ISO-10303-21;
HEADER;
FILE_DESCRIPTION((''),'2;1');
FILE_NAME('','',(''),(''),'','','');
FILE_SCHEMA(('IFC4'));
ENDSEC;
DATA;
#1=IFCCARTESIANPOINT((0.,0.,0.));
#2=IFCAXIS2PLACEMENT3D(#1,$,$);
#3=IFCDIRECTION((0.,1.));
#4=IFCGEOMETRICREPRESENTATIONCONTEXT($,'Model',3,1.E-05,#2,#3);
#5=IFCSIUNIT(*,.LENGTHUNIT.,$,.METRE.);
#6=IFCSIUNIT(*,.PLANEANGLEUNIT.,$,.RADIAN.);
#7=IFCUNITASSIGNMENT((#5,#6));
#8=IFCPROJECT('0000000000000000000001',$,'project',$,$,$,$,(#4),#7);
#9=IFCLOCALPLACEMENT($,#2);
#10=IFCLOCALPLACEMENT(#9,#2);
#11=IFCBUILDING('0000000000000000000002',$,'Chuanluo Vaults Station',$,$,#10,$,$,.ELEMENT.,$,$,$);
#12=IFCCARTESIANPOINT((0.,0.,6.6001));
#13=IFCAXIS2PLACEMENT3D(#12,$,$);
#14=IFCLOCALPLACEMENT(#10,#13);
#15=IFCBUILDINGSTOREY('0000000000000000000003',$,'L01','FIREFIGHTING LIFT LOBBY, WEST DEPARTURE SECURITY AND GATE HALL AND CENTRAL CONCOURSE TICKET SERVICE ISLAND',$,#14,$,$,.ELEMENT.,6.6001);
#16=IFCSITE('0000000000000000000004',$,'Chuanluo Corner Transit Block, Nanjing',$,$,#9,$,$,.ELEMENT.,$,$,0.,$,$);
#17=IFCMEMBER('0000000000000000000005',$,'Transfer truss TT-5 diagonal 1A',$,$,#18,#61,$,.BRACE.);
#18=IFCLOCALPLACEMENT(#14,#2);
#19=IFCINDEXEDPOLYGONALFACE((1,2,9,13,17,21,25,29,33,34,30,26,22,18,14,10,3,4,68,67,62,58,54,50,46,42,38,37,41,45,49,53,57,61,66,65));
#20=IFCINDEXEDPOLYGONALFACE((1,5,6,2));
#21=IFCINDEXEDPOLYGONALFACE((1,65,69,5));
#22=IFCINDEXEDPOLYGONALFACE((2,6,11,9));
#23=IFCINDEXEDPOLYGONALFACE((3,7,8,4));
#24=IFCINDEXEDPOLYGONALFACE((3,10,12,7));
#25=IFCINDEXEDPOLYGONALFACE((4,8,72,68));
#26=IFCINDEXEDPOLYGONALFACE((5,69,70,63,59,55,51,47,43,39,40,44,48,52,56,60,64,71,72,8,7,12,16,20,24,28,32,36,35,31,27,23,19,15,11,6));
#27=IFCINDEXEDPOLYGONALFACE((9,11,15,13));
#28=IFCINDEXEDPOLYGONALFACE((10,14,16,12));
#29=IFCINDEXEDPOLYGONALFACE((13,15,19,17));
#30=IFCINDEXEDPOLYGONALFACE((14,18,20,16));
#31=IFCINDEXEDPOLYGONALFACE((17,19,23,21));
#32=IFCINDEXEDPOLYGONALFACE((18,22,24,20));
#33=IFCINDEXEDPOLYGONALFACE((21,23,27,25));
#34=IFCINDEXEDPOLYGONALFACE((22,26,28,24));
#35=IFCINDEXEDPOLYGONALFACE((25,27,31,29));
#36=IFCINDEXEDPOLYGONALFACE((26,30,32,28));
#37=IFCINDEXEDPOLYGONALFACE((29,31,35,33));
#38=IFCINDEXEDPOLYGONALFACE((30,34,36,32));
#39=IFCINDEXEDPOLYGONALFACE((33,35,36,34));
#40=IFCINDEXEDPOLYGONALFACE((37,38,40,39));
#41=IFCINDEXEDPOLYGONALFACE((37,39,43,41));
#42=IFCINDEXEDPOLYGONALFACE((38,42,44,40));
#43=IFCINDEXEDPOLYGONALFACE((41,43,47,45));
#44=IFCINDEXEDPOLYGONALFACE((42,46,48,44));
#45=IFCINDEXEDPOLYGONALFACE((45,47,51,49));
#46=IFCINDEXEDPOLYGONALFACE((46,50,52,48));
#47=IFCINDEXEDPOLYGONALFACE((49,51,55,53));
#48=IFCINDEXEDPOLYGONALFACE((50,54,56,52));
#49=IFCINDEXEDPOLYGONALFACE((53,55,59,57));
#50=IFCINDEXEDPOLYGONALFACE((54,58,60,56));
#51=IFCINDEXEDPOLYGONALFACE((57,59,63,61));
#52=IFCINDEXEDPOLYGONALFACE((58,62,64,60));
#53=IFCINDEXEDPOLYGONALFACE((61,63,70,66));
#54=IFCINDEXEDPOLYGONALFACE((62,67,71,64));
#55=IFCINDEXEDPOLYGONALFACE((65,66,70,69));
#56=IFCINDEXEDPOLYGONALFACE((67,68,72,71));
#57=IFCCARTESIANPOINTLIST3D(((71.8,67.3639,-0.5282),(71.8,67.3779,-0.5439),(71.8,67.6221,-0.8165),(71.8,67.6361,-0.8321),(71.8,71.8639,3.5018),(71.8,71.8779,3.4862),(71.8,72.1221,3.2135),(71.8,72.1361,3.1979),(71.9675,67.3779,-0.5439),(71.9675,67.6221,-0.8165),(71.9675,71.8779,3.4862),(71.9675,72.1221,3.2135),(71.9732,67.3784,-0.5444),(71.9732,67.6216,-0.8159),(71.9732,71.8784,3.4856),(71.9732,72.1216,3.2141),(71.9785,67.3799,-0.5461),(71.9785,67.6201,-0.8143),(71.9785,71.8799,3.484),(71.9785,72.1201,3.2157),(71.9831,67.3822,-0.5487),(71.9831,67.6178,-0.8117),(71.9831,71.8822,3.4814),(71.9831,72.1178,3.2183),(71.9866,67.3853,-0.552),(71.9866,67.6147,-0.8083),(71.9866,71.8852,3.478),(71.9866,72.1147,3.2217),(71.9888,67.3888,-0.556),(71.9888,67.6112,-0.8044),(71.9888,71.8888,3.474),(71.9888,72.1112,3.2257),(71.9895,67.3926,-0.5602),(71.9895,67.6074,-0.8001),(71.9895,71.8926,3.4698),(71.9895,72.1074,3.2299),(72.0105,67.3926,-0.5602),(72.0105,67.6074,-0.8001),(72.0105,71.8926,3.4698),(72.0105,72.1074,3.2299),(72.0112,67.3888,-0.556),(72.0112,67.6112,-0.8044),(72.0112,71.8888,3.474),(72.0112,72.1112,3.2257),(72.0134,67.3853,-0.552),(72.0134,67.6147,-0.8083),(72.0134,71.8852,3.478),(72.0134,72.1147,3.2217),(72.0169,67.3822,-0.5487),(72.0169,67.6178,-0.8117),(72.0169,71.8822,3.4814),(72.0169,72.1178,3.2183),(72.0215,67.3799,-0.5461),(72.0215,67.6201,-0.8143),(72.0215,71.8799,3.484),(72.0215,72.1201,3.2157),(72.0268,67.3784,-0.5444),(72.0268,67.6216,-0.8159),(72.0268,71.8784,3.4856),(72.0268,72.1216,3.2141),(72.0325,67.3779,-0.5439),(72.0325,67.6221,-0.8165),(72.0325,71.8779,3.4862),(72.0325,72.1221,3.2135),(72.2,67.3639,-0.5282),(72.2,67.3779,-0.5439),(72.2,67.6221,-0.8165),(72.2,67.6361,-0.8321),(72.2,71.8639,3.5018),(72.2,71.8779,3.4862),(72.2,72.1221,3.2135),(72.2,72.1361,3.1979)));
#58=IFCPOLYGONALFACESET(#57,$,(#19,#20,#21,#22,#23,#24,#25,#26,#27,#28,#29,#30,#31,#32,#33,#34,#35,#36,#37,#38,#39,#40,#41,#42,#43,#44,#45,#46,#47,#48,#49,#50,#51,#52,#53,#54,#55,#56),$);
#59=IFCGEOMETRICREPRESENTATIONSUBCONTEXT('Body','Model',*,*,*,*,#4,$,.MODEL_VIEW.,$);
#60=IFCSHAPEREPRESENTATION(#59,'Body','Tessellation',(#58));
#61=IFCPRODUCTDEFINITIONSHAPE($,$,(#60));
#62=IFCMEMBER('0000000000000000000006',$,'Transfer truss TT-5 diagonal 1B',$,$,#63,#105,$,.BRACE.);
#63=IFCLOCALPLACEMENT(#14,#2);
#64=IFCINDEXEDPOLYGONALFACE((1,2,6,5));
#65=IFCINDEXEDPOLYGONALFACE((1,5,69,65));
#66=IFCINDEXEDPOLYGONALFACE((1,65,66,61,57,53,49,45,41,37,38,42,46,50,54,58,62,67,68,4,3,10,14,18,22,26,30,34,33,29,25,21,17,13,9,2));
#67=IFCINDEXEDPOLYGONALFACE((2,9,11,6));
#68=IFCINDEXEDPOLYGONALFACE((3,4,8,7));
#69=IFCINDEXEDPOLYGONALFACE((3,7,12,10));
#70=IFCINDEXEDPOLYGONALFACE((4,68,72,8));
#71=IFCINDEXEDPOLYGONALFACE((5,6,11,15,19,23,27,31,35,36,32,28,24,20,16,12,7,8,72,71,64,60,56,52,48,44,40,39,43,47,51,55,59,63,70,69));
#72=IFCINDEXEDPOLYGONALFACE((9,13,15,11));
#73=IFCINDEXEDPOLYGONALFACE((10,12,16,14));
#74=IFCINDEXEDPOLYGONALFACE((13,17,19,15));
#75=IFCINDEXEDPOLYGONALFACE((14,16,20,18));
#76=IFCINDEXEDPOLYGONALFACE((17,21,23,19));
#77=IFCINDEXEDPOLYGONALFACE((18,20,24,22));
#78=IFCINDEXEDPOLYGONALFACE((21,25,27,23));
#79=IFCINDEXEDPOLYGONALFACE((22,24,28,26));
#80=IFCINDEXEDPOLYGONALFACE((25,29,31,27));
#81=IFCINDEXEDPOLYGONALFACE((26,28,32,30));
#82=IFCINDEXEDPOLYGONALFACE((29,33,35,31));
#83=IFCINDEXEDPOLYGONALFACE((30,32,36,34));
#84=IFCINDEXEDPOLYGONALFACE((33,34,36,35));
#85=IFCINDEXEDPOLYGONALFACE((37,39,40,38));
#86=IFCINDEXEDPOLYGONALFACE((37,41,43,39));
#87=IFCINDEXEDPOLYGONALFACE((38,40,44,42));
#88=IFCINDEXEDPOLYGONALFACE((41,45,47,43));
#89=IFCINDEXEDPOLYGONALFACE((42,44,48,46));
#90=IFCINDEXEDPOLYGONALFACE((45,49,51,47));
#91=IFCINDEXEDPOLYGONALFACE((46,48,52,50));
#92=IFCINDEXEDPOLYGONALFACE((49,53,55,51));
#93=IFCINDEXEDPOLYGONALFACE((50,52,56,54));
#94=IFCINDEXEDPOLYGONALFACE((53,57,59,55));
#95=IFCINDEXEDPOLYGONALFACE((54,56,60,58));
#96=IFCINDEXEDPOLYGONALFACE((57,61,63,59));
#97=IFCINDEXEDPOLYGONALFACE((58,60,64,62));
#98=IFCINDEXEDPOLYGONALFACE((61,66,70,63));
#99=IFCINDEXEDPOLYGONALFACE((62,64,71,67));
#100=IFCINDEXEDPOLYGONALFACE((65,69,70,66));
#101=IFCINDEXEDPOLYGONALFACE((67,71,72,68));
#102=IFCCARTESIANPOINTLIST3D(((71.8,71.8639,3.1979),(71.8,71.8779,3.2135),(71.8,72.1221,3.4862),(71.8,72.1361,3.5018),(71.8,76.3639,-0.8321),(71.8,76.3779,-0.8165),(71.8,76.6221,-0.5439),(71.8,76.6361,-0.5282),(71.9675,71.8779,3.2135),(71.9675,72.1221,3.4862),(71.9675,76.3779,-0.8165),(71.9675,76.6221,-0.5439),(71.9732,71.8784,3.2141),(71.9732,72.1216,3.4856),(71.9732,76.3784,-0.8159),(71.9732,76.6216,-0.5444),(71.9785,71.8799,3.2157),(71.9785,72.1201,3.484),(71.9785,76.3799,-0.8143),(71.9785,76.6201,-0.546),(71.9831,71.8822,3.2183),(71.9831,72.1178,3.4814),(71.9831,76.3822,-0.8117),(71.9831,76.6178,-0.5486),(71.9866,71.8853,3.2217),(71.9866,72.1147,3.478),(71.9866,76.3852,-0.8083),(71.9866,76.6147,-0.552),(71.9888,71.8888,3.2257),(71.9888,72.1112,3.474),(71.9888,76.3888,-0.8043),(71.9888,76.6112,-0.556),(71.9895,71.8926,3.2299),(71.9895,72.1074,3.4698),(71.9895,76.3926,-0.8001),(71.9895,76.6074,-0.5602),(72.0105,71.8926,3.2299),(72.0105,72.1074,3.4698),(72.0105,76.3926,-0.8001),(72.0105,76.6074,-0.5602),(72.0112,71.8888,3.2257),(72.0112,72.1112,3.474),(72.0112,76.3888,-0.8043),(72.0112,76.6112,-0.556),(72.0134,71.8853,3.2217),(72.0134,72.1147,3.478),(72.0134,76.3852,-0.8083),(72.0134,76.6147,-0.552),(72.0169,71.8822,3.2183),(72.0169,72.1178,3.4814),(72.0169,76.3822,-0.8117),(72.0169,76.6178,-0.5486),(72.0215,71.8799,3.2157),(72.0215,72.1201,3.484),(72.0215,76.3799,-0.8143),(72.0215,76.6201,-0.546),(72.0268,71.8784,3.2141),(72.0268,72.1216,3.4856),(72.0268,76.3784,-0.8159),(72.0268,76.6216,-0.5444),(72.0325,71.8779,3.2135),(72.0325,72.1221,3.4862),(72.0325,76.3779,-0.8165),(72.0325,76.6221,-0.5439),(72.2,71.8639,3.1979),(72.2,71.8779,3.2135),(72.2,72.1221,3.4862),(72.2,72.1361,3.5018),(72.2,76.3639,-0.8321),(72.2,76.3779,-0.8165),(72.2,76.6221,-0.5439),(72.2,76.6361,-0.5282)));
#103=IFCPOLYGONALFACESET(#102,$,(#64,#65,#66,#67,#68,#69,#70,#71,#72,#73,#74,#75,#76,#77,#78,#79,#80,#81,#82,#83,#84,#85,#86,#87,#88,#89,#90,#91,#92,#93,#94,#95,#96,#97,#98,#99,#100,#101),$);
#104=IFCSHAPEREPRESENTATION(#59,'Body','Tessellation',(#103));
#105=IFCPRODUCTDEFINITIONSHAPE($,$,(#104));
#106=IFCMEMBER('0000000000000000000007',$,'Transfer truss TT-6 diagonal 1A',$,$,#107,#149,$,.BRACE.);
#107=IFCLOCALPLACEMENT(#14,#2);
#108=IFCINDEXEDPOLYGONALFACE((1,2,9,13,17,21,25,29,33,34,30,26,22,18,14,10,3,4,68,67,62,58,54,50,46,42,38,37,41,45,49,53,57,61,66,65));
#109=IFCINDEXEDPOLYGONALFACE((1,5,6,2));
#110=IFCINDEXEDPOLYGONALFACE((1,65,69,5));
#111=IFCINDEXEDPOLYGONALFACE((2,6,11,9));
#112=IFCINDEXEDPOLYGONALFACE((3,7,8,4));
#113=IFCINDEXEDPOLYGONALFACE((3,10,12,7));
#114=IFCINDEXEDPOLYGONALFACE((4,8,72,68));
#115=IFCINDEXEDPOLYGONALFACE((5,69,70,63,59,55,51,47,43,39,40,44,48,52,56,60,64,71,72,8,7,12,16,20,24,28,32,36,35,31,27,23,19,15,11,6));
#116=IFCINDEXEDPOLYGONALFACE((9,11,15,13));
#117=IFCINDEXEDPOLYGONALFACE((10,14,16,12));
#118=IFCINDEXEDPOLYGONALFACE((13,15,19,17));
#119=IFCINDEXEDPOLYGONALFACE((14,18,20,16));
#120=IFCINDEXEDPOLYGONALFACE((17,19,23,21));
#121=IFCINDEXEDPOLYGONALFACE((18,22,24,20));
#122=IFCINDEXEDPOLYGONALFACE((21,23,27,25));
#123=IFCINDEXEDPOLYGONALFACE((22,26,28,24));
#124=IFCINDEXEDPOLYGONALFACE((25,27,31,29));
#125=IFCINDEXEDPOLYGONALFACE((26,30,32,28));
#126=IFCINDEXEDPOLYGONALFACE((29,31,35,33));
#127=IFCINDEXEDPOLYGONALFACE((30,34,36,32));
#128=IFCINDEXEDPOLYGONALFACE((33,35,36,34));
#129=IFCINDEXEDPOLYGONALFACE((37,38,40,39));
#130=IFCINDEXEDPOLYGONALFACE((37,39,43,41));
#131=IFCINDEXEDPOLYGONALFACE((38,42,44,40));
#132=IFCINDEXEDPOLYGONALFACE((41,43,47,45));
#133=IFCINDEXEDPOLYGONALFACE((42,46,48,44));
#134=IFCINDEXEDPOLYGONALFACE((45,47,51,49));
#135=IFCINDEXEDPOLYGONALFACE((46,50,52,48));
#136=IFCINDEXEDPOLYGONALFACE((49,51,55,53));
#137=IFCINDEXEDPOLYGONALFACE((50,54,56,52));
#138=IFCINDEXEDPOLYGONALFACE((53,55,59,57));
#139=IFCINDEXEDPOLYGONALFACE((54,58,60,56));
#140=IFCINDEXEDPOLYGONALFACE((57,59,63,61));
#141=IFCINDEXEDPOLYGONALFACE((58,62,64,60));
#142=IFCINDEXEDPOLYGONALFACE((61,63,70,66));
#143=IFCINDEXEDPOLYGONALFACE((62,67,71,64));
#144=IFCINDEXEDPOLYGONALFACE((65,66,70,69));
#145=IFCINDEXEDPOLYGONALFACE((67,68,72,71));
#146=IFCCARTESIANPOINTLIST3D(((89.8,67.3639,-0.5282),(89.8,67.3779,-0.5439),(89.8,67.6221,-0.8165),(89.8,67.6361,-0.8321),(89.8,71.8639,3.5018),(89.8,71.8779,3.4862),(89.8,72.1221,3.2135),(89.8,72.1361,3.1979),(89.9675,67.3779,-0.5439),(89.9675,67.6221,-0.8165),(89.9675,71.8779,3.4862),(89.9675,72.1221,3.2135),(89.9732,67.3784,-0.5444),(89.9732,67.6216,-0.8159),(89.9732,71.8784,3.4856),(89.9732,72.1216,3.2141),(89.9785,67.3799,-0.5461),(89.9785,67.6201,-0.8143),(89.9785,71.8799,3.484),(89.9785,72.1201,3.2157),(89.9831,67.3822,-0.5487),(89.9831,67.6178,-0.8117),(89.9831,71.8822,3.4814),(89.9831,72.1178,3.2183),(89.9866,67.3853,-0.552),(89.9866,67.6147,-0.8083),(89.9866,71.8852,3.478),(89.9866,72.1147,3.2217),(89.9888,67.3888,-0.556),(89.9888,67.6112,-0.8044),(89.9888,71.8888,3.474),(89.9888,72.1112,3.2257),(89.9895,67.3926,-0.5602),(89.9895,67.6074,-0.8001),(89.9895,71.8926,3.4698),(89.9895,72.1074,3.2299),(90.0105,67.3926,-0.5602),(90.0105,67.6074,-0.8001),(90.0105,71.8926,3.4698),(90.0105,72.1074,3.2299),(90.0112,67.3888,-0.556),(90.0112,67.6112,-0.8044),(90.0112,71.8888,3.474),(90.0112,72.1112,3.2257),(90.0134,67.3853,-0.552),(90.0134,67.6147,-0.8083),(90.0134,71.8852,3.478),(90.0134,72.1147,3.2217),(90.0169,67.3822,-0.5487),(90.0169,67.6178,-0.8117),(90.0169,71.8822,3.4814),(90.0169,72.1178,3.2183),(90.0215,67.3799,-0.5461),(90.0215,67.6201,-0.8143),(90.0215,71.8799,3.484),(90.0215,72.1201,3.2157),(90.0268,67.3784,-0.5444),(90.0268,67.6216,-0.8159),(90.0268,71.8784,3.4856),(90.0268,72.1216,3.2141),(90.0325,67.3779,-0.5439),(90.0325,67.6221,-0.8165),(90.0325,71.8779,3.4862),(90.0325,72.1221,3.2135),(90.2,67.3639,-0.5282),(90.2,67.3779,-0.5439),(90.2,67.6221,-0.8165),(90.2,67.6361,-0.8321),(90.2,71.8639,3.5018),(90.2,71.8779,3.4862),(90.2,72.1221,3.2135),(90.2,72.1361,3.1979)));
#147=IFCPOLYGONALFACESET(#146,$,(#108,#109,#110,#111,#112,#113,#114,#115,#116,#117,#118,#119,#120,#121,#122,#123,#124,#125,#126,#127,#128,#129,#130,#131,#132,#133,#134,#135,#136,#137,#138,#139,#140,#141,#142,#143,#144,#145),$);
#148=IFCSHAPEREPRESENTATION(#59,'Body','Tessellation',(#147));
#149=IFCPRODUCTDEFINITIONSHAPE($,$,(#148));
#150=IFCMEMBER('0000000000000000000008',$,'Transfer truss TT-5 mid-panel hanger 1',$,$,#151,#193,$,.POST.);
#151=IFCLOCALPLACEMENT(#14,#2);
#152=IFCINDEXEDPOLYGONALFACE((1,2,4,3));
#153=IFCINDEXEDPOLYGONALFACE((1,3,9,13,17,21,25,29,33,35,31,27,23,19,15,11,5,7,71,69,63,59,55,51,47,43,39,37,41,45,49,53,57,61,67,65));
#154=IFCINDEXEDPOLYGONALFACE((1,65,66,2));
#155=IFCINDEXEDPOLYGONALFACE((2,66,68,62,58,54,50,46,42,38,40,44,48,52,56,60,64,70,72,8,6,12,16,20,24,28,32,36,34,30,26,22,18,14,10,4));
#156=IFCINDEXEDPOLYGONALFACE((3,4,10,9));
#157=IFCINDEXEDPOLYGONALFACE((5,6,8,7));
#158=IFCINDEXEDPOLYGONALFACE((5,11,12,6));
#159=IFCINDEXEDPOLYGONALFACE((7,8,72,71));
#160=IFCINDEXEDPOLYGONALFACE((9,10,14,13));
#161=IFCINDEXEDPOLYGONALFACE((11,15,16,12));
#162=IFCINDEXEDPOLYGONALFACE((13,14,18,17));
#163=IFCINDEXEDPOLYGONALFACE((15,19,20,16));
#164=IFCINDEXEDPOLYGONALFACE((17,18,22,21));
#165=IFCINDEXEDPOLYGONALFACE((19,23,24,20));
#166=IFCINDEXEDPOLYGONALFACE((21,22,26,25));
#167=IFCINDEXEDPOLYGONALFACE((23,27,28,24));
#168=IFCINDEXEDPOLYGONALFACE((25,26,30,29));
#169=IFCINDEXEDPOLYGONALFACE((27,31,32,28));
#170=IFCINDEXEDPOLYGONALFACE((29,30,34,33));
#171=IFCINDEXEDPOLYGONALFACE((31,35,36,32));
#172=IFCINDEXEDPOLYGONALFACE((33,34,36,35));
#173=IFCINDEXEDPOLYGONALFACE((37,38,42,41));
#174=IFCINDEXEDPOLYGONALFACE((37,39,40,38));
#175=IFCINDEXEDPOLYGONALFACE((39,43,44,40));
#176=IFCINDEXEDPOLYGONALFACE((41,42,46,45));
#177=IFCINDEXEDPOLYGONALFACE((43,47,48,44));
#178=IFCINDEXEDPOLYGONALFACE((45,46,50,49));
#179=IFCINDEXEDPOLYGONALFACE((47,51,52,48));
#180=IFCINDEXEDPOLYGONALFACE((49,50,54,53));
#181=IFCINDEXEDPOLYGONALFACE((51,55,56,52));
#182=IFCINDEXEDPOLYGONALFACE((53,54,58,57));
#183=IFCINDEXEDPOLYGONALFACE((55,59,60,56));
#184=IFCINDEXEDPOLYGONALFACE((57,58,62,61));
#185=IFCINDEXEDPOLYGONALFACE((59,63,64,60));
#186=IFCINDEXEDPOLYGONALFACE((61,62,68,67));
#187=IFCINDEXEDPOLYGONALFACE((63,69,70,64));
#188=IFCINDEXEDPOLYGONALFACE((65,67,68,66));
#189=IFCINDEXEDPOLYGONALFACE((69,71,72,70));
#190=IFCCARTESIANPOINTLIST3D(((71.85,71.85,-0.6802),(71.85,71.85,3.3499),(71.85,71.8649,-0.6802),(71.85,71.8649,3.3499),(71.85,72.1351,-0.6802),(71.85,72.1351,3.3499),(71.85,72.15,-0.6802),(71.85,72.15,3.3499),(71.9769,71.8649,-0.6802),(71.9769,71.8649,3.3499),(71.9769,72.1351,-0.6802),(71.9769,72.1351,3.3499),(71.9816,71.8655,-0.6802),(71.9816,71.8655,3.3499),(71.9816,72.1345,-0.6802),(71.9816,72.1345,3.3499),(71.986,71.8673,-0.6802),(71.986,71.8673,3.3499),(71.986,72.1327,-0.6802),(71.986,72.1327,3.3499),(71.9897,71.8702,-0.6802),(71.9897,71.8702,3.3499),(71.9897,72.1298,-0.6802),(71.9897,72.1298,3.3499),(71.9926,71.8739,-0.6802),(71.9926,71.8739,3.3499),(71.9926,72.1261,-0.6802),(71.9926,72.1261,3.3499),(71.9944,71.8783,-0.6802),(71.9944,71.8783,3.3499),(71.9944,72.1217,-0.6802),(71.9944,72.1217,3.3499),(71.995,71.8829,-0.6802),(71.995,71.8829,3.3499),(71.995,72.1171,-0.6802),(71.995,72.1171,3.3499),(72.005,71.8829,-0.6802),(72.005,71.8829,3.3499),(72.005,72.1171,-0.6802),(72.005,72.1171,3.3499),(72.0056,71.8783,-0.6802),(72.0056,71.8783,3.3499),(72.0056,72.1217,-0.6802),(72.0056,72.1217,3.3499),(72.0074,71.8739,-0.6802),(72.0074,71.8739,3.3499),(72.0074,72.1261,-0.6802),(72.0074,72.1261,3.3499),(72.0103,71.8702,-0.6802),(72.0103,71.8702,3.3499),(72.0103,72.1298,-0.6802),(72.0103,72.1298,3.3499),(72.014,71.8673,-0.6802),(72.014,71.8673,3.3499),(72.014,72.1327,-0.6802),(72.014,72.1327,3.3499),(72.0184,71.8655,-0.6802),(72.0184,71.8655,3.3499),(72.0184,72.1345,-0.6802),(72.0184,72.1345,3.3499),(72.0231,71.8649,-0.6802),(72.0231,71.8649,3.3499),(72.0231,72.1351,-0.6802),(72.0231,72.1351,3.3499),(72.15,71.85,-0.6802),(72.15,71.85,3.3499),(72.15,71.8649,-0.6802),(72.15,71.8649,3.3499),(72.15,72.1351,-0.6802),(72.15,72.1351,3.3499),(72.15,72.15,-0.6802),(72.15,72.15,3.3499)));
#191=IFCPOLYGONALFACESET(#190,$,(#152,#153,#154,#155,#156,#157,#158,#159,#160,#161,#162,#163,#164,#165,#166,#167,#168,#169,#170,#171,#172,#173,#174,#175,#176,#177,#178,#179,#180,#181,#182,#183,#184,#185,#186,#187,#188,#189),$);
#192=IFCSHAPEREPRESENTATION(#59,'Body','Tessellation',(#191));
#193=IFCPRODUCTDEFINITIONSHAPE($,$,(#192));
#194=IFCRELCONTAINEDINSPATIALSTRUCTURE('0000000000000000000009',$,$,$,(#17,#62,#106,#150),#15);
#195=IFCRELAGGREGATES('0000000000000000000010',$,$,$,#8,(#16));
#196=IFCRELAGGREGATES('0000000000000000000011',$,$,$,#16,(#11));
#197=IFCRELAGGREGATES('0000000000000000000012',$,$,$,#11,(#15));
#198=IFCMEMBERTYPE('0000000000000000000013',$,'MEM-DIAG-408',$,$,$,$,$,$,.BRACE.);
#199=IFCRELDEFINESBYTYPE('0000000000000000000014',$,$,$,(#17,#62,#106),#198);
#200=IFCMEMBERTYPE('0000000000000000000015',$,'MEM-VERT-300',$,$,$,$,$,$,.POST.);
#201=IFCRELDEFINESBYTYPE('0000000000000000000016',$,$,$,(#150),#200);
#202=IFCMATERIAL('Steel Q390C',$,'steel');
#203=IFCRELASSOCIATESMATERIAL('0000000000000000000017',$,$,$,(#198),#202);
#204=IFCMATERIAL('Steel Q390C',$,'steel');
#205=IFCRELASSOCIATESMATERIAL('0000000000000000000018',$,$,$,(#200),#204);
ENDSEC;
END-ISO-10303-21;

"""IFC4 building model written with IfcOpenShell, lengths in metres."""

from ifc_helpers import new_model, si_unit, direction, frame, origin, origin_2d, place, context, subcontext, project, spatial, i_section, extrude, material, material_profile, profile_set, type_object, element, save


model = new_model("IFC4")

# Units and contexts
model_context = context("Model", 3, precision=1e-05, world=origin(), true_north=direction((0.0, 1.0)))
body_context = subcontext(model_context, "Body", "Model", "MODEL_VIEW")
ifc_project = project(units=[si_unit("LENGTHUNIT", "METRE"), si_unit("PLANEANGLEUNIT", "RADIAN")], contexts=[model_context])

# Site, building, storey
site_placement = place(None, origin())
site = spatial("IfcSite", under=ifc_project, at=site_placement, Name="Chuanluo Corner Transit Block, Nanjing", CompositionType="ELEMENT", RefElevation=0.0)
building_placement = place(site_placement, origin())
building = spatial("IfcBuilding", under=site, at=building_placement, Name="Chuanluo Vaults Station", CompositionType="ELEMENT")
storey_placement = place(building_placement, frame((0.0, 0.0, 6.6001)))
storey = spatial("IfcBuildingStorey", under=building, at=storey_placement, Name="L01", Description="FIREFIGHTING LIFT LOBBY, WEST DEPARTURE SECURITY AND GATE HALL AND CENTRAL CONCOURSE TICKET SERVICE ISLAND", CompositionType="ELEMENT", Elevation=6.6001)

# Members
ifc_material_1 = material(Name="Steel Q390C", Category="steel")
ifc_material_profile_1 = material_profile(ifc_material_1, i_section(OverallWidth=0.3999, OverallDepth=0.408, WebThickness=0.021, FlangeThickness=0.021, FilletRadius=0.022, at=origin_2d()))
ifc_profile_set_1 = profile_set([ifc_material_profile_1], Name="Steel Q390C")
member_type_1 = type_object("IfcMemberType", Name="MEM-DIAG-408", PredefinedType="BRACE", material=ifc_profile_set_1)
for number, where, z_axis, x_axis, name in (
    (1, (72.0, 67.5, -0.6802), (0.0, 0.744936, 0.667136), (-1.0, 0.0, 0.0), "Transfer truss TT-5 diagonal 1A"),
    (2, (72.0, 72.0, 3.3499), (0.0, 0.744936, -0.667136), (-1.0, 0.0, 0.0), "Transfer truss TT-5 diagonal 1B"),
    (3, (90.0, 67.5, -0.6802), (0.0, 0.744936, 0.667136), (-1.0, 0.0, 0.0), "Transfer truss TT-6 diagonal 1A"),
):
    element("IfcMember", number, at=place(storey_placement, frame(where, z_axis=z_axis, x_axis=x_axis)), inside=storey, type_object=member_type_1, Name=name, PredefinedType="BRACE", context=body_context, shape_type="SweptSolid", body=[
        extrude(i_section(OverallWidth=0.3999, OverallDepth=0.408, WebThickness=0.021, FlangeThickness=0.021, FilletRadius=0.022, at=origin_2d()), origin(), (0.0, 0.0, 1.0), 6.0408),
    ])
ifc_material_2 = material(Name="Steel Q390C", Category="steel")
ifc_material_profile_2 = material_profile(ifc_material_2, i_section(OverallWidth=0.3, OverallDepth=0.3, WebThickness=0.01, FlangeThickness=0.0149, FilletRadius=0.0181, at=origin_2d()))
ifc_profile_set_2 = profile_set([ifc_material_profile_2], Name="Steel Q390C")
member_type_2 = type_object("IfcMemberType", Name="MEM-VERT-300", PredefinedType="POST", material=ifc_profile_set_2)
member_placement = place(storey_placement, frame((72.0, 72.0, -0.6802), z_axis=(0.0, 0.0, 1.0), x_axis=(1.0, 0.0, 0.0)))
element("IfcMember", 4, at=member_placement, inside=storey, type_object=member_type_2, Name="Transfer truss TT-5 mid-panel hanger 1", PredefinedType="POST", context=body_context, shape_type="SweptSolid", body=[
    extrude(i_section(OverallWidth=0.3, OverallDepth=0.3, WebThickness=0.01, FlangeThickness=0.0149, FilletRadius=0.0181, at=origin_2d()), origin(), (0.0, 0.0, 1.0), 4.03),
])

save(model, "model.ifc")
